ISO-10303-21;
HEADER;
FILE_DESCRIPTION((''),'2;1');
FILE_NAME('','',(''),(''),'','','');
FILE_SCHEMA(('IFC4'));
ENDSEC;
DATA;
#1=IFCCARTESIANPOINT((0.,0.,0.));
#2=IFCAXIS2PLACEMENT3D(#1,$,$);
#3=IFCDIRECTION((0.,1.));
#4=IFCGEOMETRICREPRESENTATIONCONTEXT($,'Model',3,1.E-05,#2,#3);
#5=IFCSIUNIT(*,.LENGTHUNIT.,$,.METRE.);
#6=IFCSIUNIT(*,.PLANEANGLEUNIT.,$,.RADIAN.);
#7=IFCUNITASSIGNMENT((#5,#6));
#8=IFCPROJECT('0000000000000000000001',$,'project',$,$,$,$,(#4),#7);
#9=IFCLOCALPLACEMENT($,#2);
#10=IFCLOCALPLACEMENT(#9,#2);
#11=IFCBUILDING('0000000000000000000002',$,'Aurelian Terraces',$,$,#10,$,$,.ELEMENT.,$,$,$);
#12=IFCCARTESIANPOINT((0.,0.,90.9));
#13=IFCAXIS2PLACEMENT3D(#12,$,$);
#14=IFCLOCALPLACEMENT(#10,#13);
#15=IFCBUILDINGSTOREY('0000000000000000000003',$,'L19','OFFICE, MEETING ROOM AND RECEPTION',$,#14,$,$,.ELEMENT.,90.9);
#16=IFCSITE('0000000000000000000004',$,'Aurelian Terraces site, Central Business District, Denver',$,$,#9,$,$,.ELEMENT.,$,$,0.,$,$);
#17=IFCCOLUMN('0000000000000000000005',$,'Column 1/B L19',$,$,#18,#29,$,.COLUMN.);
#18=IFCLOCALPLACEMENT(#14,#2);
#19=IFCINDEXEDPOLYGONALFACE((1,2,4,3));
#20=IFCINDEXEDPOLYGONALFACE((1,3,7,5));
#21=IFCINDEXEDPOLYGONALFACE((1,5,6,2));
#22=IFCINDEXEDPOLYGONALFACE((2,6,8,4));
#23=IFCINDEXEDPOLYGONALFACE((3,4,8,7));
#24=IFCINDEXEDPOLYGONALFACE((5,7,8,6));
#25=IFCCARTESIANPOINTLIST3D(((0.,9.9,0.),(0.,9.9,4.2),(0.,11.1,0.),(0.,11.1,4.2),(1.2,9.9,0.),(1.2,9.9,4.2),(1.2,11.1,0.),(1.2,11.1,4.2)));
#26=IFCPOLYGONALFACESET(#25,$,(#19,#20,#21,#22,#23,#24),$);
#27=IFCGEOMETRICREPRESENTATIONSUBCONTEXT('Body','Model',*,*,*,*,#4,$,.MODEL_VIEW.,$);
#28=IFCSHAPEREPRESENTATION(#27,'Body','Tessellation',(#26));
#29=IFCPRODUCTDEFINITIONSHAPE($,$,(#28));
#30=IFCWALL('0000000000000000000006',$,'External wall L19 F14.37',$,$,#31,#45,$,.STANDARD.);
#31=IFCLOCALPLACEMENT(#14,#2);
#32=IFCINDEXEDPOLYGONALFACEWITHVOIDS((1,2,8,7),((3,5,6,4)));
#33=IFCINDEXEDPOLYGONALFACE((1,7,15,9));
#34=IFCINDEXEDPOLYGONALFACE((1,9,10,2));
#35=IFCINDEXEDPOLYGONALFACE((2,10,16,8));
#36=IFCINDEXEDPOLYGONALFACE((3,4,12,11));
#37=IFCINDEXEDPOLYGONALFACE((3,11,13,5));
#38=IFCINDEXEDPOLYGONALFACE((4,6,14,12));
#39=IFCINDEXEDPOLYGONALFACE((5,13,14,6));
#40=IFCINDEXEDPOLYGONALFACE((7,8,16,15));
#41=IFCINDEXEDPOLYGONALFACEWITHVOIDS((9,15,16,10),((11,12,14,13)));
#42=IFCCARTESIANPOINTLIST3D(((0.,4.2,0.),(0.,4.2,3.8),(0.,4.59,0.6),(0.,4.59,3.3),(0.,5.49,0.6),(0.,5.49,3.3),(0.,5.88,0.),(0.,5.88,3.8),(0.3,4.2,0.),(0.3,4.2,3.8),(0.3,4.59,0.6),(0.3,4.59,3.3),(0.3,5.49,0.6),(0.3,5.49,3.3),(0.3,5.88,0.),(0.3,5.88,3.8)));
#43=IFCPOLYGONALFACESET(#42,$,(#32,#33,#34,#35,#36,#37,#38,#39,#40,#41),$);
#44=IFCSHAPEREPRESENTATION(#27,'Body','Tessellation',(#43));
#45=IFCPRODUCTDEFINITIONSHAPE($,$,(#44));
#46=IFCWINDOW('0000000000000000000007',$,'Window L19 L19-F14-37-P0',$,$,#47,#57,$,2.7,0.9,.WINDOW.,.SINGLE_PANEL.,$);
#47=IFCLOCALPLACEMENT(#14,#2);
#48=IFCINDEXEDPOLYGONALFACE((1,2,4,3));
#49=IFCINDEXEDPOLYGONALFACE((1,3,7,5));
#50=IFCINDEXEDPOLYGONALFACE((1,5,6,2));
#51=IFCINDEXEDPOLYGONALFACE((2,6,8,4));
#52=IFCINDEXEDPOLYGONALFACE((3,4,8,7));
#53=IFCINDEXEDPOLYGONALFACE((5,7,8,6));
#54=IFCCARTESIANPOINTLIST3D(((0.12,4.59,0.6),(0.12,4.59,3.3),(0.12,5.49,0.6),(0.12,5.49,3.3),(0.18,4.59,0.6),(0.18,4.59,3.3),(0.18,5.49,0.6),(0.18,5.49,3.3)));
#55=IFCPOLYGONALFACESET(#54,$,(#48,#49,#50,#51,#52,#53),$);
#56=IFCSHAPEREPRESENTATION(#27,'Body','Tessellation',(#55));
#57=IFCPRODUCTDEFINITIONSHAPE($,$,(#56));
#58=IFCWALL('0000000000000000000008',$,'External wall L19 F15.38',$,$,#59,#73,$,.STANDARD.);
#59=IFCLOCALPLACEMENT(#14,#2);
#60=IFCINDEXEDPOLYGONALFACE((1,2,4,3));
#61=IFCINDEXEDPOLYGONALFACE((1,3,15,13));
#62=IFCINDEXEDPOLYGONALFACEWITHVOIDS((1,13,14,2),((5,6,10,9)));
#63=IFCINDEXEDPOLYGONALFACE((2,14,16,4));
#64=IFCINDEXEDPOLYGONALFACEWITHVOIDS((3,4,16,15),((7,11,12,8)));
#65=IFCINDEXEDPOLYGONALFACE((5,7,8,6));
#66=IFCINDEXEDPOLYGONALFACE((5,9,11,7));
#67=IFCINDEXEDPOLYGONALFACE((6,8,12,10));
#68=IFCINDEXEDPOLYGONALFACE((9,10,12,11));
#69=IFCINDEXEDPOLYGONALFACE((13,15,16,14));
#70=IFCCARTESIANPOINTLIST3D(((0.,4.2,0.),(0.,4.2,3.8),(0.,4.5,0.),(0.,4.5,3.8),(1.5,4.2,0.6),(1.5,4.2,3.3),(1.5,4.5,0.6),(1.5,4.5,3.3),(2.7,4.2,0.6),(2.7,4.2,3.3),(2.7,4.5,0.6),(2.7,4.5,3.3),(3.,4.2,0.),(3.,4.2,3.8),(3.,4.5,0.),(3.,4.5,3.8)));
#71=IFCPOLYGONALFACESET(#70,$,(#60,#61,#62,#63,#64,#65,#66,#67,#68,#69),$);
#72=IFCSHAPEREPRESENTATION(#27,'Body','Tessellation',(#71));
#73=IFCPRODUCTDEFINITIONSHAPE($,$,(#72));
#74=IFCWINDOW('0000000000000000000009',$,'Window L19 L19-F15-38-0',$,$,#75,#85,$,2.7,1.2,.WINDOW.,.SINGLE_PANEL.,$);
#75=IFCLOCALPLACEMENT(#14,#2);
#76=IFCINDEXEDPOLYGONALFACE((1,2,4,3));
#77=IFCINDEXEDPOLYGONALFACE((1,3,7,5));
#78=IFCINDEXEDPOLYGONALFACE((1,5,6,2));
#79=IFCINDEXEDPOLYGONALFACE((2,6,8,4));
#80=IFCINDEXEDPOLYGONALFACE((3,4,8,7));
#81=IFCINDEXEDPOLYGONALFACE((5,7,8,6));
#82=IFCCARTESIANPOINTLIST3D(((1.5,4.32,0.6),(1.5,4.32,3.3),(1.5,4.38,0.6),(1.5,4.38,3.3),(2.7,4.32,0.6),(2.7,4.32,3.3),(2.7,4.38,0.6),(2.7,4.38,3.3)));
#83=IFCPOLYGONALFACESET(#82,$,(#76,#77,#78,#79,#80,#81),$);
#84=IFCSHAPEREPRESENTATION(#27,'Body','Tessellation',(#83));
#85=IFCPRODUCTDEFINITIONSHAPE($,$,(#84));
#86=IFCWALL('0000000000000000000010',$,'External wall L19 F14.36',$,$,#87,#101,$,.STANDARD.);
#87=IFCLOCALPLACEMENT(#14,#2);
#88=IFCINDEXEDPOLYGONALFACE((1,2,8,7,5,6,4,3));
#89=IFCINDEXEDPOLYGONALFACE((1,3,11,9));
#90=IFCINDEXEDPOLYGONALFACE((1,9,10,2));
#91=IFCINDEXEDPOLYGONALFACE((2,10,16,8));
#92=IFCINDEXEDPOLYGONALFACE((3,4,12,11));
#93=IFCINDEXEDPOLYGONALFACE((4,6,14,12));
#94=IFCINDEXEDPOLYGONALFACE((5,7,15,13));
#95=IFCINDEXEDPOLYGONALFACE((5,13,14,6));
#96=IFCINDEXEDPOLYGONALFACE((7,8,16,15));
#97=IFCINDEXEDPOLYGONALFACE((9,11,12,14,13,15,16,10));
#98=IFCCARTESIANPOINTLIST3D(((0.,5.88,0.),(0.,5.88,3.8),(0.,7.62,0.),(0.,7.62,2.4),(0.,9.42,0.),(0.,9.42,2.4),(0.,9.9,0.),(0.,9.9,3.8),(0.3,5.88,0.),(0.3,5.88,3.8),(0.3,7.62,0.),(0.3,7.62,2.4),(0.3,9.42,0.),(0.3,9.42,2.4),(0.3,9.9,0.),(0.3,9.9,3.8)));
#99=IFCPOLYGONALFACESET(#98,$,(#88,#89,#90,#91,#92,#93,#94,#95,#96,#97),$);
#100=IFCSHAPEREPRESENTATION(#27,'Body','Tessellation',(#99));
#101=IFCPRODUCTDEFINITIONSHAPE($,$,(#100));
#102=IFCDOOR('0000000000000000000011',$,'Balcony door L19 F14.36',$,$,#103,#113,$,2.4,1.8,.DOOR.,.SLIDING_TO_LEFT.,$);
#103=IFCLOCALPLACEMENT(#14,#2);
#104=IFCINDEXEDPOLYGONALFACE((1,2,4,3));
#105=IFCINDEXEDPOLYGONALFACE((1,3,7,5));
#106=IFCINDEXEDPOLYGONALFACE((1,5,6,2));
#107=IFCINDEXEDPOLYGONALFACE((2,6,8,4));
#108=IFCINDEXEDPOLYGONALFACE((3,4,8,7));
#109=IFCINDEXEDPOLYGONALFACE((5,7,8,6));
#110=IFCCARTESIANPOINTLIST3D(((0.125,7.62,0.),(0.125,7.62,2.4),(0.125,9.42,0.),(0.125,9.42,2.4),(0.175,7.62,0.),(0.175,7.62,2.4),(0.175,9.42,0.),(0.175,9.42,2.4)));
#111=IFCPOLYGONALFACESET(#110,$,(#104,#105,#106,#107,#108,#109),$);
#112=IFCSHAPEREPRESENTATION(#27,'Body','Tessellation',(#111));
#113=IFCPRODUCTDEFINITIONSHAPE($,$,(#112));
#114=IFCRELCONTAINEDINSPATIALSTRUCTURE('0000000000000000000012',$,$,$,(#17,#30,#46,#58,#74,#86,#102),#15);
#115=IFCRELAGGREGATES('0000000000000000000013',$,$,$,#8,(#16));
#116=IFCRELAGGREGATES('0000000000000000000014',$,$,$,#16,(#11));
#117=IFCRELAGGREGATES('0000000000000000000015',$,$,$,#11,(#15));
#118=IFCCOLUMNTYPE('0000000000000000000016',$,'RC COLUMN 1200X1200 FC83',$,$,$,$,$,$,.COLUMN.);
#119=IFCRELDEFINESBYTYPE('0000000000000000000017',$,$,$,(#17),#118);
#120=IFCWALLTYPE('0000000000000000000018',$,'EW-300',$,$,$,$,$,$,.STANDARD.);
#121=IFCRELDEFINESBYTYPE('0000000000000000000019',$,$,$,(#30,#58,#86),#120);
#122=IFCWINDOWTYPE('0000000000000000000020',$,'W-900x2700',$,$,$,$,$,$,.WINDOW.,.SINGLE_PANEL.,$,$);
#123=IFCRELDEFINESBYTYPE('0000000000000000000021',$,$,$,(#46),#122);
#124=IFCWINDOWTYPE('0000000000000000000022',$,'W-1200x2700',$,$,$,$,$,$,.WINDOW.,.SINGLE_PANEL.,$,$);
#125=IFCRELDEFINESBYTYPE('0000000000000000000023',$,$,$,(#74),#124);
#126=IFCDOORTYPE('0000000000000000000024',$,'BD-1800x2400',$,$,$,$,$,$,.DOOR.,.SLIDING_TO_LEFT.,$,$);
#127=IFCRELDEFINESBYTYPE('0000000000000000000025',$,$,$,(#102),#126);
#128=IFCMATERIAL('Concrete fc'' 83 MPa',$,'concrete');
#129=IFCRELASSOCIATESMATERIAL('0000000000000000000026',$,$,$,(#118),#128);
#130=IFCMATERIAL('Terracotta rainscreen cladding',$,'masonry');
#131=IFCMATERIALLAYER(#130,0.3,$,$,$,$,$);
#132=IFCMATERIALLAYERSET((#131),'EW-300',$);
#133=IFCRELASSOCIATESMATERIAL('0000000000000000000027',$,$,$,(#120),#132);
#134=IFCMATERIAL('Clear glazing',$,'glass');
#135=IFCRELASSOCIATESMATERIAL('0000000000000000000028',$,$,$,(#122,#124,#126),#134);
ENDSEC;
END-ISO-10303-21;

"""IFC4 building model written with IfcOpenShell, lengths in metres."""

from ifc_helpers import new_model, si_unit, direction, frame, frame_2d, origin, origin_2d, place, context, subcontext, project, spatial, rectangle, extrude, source, transform, mapped, material, layer, layer_set, material_profile, profile_set, type_object, element, fill, save


model = new_model("IFC4")

# Units and contexts
model_context = context("Model", 3, precision=1e-05, world=origin(), true_north=direction((0.0, 1.0)))
body_context = subcontext(model_context, "Body", "Model", "MODEL_VIEW")
ifc_project = project(units=[si_unit("LENGTHUNIT", "METRE"), si_unit("PLANEANGLEUNIT", "RADIAN")], contexts=[model_context])

# Site, building, storey
site_placement = place(None, origin())
site = spatial("IfcSite", under=ifc_project, at=site_placement, Name="Aurelian Terraces site, Central Business District, Denver", CompositionType="ELEMENT", RefElevation=0.0)
building_placement = place(site_placement, origin())
building = spatial("IfcBuilding", under=site, at=building_placement, Name="Aurelian Terraces", CompositionType="ELEMENT")
storey_placement = place(building_placement, frame((0.0, 0.0, 90.9)))
storey = spatial("IfcBuildingStorey", under=building, at=storey_placement, Name="L19", Description="OFFICE, MEETING ROOM AND RECEPTION", CompositionType="ELEMENT", Elevation=90.9)

# Column
ifc_material_1 = material(Name="Concrete fc' 83 MPa", Category="concrete")
ifc_material_profile = material_profile(ifc_material_1, rectangle(XDim=1.2, YDim=1.2, at=origin_2d()))
ifc_profile_set = profile_set([ifc_material_profile], Name="Concrete fc' 83 MPa")
column_type = type_object("IfcColumnType", Name="RC COLUMN 1200X1200 FC83", PredefinedType="COLUMN", material=ifc_profile_set)
shared_shape_1 = source(origin(), body_context, "Body", "SweptSolid", [
    extrude(rectangle(XDim=1.2, YDim=1.2, at=origin_2d()), origin(), (0.0, 0.0, 1.0), 4.2),
])
column_placement = place(storey_placement, frame((0.6, 10.5, 0.0), z_axis=(0.0, 0.0, 1.0), x_axis=(1.0, 0.0, 0.0)))
element("IfcColumn", 1, at=column_placement, inside=storey, type_object=column_type, Name="Column 1/B L19", PredefinedType="COLUMN", context=body_context, shape_type="MappedRepresentation", body=[
    mapped(shared_shape_1, transform((0.0, 0.0, 0.0), scale=1.0)),
])

# Walls, openings, windows
ifc_material_2 = material(Name="Terracotta rainscreen cladding", Category="masonry")
ifc_layer_1 = layer(ifc_material_2, 0.3)
ifc_layer_set_1 = layer_set([ifc_layer_1], Name="EW-300")
wall_type_1 = type_object("IfcWallType", Name="EW-300", PredefinedType="STANDARD", material=ifc_layer_set_1)
shared_shape_2 = source(origin(), body_context, "Body", "SweptSolid", [
    extrude(rectangle(XDim=1.68, YDim=0.3, at=frame_2d((0.84, 0.0))), origin(), (0.0, 0.0, 1.0), 3.8),
])
wall_1_placement = place(storey_placement, frame((0.15, 5.88, 0.0), z_axis=(0.0, 0.0, 1.0), x_axis=(0.0, -1.0, 0.0)))
wall_1 = element("IfcWall", 2, at=wall_1_placement, inside=storey, type_object=wall_type_1, Name="External wall L19 F14.37", PredefinedType="STANDARD", context=body_context, shape_type="MappedRepresentation", body=[
    mapped(shared_shape_2, transform((0.0, 0.0, 0.0), scale=1.0)),
])
shared_shape_3 = source(origin(), body_context, "Body", "SweptSolid", [
    extrude(rectangle(XDim=0.9, YDim=2.7, at=frame_2d((0.45, 1.35))), frame((0.0, 0.16, 0.0), z_axis=(0.0, -1.0, 0.0), x_axis=(1.0, 0.0, 0.0)), (0.0, 0.0, 1.0), 0.32),
])
opening_1_placement = place(wall_1_placement, frame((0.39, 0.0, 0.6)))
opening_1 = element("IfcOpeningElement", 3, at=opening_1_placement, cuts=wall_1, PredefinedType="OPENING", context=body_context, shape_type="MappedRepresentation", body=[
    mapped(shared_shape_3, transform((0.0, 0.0, 0.0), scale=1.0)),
])
ifc_material_3 = material(Name="Clear glazing", Category="glass")
window_type_1 = type_object("IfcWindowType", Name="W-900x2700", PartitioningType="SINGLE_PANEL", PredefinedType="WINDOW", material=ifc_material_3)
shared_shape_4 = source(origin(), body_context, "Body", "SweptSolid", [
    extrude(rectangle(XDim=0.9, YDim=2.7, at=frame_2d((0.45, 1.35))), frame((0.0, 0.03, 0.0), z_axis=(0.0, -1.0, 0.0), x_axis=(1.0, 0.0, 0.0)), (0.0, 0.0, 1.0), 0.06),
])
window_1_placement = place(opening_1_placement, origin())
window_1 = element("IfcWindow", 4, at=window_1_placement, inside=storey, type_object=window_type_1, Name="Window L19 L19-F14-37-P0", OverallHeight=2.7, OverallWidth=0.9, PartitioningType="SINGLE_PANEL", PredefinedType="WINDOW", context=body_context, shape_type="MappedRepresentation", body=[
    mapped(shared_shape_4, transform((0.0, 0.0, 0.0), scale=1.0)),
])
fill(opening_1, window_1)
shared_shape_5 = source(origin(), body_context, "Body", "SweptSolid", [
    extrude(rectangle(XDim=3.0, YDim=0.3, at=frame_2d((1.5, 0.0))), origin(), (0.0, 0.0, 1.0), 3.8),
])
wall_2_placement = place(storey_placement, frame((0.0, 4.35, 0.0), z_axis=(0.0, 0.0, 1.0), x_axis=(1.0, 0.0, 0.0)))
wall_2 = element("IfcWall", 5, at=wall_2_placement, inside=storey, type_object=wall_type_1, Name="External wall L19 F15.38", PredefinedType="STANDARD", context=body_context, shape_type="MappedRepresentation", body=[
    mapped(shared_shape_5, transform((0.0, 0.0, 0.0), scale=1.0)),
])
shared_shape_6 = source(origin(), body_context, "Body", "SweptSolid", [
    extrude(rectangle(XDim=1.2, YDim=2.7, at=frame_2d((0.6, 1.35))), frame((0.0, 0.16, 0.0), z_axis=(0.0, -1.0, 0.0), x_axis=(1.0, 0.0, 0.0)), (0.0, 0.0, 1.0), 0.32),
])
opening_2_placement = place(wall_2_placement, frame((1.5, 0.0, 0.6)))
opening_2 = element("IfcOpeningElement", 6, at=opening_2_placement, cuts=wall_2, PredefinedType="OPENING", context=body_context, shape_type="MappedRepresentation", body=[
    mapped(shared_shape_6, transform((0.0, 0.0, 0.0), scale=1.0)),
])
window_type_2 = type_object("IfcWindowType", Name="W-1200x2700", PartitioningType="SINGLE_PANEL", PredefinedType="WINDOW", material=ifc_material_3)
shared_shape_7 = source(origin(), body_context, "Body", "SweptSolid", [
    extrude(rectangle(XDim=1.2, YDim=2.7, at=frame_2d((0.6, 1.35))), frame((0.0, 0.03, 0.0), z_axis=(0.0, -1.0, 0.0), x_axis=(1.0, 0.0, 0.0)), (0.0, 0.0, 1.0), 0.06),
])
window_2_placement = place(opening_2_placement, origin())
window_2 = element("IfcWindow", 7, at=window_2_placement, inside=storey, type_object=window_type_2, Name="Window L19 L19-F15-38-0", OverallHeight=2.7, OverallWidth=1.2, PartitioningType="SINGLE_PANEL", PredefinedType="WINDOW", context=body_context, shape_type="MappedRepresentation", body=[
    mapped(shared_shape_7, transform((0.0, 0.0, 0.0), scale=1.0)),
])
fill(opening_2, window_2)

# Wall, opening, door
shared_shape_8 = source(origin(), body_context, "Body", "SweptSolid", [
    extrude(rectangle(XDim=4.02, YDim=0.3, at=frame_2d((2.01, 0.0))), origin(), (0.0, 0.0, 1.0), 3.8),
])
wall_3_placement = place(storey_placement, frame((0.15, 9.9, 0.0), z_axis=(0.0, 0.0, 1.0), x_axis=(0.0, -1.0, 0.0)))
wall_3 = element("IfcWall", 8, at=wall_3_placement, inside=storey, type_object=wall_type_1, Name="External wall L19 F14.36", PredefinedType="STANDARD", context=body_context, shape_type="MappedRepresentation", body=[
    mapped(shared_shape_8, transform((0.0, 0.0, 0.0), scale=1.0)),
])
shared_shape_9 = source(origin(), body_context, "Body", "SweptSolid", [
    extrude(rectangle(XDim=1.8, YDim=2.4, at=frame_2d((0.9, 1.2))), frame((0.0, 0.16, 0.0), z_axis=(0.0, -1.0, 0.0), x_axis=(1.0, 0.0, 0.0)), (0.0, 0.0, 1.0), 0.32),
])
opening_3_placement = place(wall_3_placement, frame((0.48, 0.0, 0.0)))
opening_3 = element("IfcOpeningElement", 9, at=opening_3_placement, cuts=wall_3, PredefinedType="OPENING", context=body_context, shape_type="MappedRepresentation", body=[
    mapped(shared_shape_9, transform((0.0, 0.0, 0.0), scale=1.0)),
])
door_type_1 = type_object("IfcDoorType", Name="BD-1800x2400", OperationType="SLIDING_TO_LEFT", PredefinedType="DOOR", material=ifc_material_3)
shared_shape_10 = source(origin(), body_context, "Body", "SweptSolid", [
    extrude(rectangle(XDim=1.8, YDim=2.4, at=frame_2d((0.9, 1.2))), frame((0.0, 0.025, 0.0), z_axis=(0.0, -1.0, 0.0), x_axis=(1.0, 0.0, 0.0)), (0.0, 0.0, 1.0), 0.05),
])
door_1_placement = place(opening_3_placement, origin())
door_1 = element("IfcDoor", 10, at=door_1_placement, inside=storey, type_object=door_type_1, Name="Balcony door L19 F14.36", OperationType="SLIDING_TO_LEFT", OverallHeight=2.4, OverallWidth=1.8, PredefinedType="DOOR", context=body_context, shape_type="MappedRepresentation", body=[
    mapped(shared_shape_10, transform((0.0, 0.0, 0.0), scale=1.0)),
])
fill(opening_3, door_1)

save(model, "model.ifc")
